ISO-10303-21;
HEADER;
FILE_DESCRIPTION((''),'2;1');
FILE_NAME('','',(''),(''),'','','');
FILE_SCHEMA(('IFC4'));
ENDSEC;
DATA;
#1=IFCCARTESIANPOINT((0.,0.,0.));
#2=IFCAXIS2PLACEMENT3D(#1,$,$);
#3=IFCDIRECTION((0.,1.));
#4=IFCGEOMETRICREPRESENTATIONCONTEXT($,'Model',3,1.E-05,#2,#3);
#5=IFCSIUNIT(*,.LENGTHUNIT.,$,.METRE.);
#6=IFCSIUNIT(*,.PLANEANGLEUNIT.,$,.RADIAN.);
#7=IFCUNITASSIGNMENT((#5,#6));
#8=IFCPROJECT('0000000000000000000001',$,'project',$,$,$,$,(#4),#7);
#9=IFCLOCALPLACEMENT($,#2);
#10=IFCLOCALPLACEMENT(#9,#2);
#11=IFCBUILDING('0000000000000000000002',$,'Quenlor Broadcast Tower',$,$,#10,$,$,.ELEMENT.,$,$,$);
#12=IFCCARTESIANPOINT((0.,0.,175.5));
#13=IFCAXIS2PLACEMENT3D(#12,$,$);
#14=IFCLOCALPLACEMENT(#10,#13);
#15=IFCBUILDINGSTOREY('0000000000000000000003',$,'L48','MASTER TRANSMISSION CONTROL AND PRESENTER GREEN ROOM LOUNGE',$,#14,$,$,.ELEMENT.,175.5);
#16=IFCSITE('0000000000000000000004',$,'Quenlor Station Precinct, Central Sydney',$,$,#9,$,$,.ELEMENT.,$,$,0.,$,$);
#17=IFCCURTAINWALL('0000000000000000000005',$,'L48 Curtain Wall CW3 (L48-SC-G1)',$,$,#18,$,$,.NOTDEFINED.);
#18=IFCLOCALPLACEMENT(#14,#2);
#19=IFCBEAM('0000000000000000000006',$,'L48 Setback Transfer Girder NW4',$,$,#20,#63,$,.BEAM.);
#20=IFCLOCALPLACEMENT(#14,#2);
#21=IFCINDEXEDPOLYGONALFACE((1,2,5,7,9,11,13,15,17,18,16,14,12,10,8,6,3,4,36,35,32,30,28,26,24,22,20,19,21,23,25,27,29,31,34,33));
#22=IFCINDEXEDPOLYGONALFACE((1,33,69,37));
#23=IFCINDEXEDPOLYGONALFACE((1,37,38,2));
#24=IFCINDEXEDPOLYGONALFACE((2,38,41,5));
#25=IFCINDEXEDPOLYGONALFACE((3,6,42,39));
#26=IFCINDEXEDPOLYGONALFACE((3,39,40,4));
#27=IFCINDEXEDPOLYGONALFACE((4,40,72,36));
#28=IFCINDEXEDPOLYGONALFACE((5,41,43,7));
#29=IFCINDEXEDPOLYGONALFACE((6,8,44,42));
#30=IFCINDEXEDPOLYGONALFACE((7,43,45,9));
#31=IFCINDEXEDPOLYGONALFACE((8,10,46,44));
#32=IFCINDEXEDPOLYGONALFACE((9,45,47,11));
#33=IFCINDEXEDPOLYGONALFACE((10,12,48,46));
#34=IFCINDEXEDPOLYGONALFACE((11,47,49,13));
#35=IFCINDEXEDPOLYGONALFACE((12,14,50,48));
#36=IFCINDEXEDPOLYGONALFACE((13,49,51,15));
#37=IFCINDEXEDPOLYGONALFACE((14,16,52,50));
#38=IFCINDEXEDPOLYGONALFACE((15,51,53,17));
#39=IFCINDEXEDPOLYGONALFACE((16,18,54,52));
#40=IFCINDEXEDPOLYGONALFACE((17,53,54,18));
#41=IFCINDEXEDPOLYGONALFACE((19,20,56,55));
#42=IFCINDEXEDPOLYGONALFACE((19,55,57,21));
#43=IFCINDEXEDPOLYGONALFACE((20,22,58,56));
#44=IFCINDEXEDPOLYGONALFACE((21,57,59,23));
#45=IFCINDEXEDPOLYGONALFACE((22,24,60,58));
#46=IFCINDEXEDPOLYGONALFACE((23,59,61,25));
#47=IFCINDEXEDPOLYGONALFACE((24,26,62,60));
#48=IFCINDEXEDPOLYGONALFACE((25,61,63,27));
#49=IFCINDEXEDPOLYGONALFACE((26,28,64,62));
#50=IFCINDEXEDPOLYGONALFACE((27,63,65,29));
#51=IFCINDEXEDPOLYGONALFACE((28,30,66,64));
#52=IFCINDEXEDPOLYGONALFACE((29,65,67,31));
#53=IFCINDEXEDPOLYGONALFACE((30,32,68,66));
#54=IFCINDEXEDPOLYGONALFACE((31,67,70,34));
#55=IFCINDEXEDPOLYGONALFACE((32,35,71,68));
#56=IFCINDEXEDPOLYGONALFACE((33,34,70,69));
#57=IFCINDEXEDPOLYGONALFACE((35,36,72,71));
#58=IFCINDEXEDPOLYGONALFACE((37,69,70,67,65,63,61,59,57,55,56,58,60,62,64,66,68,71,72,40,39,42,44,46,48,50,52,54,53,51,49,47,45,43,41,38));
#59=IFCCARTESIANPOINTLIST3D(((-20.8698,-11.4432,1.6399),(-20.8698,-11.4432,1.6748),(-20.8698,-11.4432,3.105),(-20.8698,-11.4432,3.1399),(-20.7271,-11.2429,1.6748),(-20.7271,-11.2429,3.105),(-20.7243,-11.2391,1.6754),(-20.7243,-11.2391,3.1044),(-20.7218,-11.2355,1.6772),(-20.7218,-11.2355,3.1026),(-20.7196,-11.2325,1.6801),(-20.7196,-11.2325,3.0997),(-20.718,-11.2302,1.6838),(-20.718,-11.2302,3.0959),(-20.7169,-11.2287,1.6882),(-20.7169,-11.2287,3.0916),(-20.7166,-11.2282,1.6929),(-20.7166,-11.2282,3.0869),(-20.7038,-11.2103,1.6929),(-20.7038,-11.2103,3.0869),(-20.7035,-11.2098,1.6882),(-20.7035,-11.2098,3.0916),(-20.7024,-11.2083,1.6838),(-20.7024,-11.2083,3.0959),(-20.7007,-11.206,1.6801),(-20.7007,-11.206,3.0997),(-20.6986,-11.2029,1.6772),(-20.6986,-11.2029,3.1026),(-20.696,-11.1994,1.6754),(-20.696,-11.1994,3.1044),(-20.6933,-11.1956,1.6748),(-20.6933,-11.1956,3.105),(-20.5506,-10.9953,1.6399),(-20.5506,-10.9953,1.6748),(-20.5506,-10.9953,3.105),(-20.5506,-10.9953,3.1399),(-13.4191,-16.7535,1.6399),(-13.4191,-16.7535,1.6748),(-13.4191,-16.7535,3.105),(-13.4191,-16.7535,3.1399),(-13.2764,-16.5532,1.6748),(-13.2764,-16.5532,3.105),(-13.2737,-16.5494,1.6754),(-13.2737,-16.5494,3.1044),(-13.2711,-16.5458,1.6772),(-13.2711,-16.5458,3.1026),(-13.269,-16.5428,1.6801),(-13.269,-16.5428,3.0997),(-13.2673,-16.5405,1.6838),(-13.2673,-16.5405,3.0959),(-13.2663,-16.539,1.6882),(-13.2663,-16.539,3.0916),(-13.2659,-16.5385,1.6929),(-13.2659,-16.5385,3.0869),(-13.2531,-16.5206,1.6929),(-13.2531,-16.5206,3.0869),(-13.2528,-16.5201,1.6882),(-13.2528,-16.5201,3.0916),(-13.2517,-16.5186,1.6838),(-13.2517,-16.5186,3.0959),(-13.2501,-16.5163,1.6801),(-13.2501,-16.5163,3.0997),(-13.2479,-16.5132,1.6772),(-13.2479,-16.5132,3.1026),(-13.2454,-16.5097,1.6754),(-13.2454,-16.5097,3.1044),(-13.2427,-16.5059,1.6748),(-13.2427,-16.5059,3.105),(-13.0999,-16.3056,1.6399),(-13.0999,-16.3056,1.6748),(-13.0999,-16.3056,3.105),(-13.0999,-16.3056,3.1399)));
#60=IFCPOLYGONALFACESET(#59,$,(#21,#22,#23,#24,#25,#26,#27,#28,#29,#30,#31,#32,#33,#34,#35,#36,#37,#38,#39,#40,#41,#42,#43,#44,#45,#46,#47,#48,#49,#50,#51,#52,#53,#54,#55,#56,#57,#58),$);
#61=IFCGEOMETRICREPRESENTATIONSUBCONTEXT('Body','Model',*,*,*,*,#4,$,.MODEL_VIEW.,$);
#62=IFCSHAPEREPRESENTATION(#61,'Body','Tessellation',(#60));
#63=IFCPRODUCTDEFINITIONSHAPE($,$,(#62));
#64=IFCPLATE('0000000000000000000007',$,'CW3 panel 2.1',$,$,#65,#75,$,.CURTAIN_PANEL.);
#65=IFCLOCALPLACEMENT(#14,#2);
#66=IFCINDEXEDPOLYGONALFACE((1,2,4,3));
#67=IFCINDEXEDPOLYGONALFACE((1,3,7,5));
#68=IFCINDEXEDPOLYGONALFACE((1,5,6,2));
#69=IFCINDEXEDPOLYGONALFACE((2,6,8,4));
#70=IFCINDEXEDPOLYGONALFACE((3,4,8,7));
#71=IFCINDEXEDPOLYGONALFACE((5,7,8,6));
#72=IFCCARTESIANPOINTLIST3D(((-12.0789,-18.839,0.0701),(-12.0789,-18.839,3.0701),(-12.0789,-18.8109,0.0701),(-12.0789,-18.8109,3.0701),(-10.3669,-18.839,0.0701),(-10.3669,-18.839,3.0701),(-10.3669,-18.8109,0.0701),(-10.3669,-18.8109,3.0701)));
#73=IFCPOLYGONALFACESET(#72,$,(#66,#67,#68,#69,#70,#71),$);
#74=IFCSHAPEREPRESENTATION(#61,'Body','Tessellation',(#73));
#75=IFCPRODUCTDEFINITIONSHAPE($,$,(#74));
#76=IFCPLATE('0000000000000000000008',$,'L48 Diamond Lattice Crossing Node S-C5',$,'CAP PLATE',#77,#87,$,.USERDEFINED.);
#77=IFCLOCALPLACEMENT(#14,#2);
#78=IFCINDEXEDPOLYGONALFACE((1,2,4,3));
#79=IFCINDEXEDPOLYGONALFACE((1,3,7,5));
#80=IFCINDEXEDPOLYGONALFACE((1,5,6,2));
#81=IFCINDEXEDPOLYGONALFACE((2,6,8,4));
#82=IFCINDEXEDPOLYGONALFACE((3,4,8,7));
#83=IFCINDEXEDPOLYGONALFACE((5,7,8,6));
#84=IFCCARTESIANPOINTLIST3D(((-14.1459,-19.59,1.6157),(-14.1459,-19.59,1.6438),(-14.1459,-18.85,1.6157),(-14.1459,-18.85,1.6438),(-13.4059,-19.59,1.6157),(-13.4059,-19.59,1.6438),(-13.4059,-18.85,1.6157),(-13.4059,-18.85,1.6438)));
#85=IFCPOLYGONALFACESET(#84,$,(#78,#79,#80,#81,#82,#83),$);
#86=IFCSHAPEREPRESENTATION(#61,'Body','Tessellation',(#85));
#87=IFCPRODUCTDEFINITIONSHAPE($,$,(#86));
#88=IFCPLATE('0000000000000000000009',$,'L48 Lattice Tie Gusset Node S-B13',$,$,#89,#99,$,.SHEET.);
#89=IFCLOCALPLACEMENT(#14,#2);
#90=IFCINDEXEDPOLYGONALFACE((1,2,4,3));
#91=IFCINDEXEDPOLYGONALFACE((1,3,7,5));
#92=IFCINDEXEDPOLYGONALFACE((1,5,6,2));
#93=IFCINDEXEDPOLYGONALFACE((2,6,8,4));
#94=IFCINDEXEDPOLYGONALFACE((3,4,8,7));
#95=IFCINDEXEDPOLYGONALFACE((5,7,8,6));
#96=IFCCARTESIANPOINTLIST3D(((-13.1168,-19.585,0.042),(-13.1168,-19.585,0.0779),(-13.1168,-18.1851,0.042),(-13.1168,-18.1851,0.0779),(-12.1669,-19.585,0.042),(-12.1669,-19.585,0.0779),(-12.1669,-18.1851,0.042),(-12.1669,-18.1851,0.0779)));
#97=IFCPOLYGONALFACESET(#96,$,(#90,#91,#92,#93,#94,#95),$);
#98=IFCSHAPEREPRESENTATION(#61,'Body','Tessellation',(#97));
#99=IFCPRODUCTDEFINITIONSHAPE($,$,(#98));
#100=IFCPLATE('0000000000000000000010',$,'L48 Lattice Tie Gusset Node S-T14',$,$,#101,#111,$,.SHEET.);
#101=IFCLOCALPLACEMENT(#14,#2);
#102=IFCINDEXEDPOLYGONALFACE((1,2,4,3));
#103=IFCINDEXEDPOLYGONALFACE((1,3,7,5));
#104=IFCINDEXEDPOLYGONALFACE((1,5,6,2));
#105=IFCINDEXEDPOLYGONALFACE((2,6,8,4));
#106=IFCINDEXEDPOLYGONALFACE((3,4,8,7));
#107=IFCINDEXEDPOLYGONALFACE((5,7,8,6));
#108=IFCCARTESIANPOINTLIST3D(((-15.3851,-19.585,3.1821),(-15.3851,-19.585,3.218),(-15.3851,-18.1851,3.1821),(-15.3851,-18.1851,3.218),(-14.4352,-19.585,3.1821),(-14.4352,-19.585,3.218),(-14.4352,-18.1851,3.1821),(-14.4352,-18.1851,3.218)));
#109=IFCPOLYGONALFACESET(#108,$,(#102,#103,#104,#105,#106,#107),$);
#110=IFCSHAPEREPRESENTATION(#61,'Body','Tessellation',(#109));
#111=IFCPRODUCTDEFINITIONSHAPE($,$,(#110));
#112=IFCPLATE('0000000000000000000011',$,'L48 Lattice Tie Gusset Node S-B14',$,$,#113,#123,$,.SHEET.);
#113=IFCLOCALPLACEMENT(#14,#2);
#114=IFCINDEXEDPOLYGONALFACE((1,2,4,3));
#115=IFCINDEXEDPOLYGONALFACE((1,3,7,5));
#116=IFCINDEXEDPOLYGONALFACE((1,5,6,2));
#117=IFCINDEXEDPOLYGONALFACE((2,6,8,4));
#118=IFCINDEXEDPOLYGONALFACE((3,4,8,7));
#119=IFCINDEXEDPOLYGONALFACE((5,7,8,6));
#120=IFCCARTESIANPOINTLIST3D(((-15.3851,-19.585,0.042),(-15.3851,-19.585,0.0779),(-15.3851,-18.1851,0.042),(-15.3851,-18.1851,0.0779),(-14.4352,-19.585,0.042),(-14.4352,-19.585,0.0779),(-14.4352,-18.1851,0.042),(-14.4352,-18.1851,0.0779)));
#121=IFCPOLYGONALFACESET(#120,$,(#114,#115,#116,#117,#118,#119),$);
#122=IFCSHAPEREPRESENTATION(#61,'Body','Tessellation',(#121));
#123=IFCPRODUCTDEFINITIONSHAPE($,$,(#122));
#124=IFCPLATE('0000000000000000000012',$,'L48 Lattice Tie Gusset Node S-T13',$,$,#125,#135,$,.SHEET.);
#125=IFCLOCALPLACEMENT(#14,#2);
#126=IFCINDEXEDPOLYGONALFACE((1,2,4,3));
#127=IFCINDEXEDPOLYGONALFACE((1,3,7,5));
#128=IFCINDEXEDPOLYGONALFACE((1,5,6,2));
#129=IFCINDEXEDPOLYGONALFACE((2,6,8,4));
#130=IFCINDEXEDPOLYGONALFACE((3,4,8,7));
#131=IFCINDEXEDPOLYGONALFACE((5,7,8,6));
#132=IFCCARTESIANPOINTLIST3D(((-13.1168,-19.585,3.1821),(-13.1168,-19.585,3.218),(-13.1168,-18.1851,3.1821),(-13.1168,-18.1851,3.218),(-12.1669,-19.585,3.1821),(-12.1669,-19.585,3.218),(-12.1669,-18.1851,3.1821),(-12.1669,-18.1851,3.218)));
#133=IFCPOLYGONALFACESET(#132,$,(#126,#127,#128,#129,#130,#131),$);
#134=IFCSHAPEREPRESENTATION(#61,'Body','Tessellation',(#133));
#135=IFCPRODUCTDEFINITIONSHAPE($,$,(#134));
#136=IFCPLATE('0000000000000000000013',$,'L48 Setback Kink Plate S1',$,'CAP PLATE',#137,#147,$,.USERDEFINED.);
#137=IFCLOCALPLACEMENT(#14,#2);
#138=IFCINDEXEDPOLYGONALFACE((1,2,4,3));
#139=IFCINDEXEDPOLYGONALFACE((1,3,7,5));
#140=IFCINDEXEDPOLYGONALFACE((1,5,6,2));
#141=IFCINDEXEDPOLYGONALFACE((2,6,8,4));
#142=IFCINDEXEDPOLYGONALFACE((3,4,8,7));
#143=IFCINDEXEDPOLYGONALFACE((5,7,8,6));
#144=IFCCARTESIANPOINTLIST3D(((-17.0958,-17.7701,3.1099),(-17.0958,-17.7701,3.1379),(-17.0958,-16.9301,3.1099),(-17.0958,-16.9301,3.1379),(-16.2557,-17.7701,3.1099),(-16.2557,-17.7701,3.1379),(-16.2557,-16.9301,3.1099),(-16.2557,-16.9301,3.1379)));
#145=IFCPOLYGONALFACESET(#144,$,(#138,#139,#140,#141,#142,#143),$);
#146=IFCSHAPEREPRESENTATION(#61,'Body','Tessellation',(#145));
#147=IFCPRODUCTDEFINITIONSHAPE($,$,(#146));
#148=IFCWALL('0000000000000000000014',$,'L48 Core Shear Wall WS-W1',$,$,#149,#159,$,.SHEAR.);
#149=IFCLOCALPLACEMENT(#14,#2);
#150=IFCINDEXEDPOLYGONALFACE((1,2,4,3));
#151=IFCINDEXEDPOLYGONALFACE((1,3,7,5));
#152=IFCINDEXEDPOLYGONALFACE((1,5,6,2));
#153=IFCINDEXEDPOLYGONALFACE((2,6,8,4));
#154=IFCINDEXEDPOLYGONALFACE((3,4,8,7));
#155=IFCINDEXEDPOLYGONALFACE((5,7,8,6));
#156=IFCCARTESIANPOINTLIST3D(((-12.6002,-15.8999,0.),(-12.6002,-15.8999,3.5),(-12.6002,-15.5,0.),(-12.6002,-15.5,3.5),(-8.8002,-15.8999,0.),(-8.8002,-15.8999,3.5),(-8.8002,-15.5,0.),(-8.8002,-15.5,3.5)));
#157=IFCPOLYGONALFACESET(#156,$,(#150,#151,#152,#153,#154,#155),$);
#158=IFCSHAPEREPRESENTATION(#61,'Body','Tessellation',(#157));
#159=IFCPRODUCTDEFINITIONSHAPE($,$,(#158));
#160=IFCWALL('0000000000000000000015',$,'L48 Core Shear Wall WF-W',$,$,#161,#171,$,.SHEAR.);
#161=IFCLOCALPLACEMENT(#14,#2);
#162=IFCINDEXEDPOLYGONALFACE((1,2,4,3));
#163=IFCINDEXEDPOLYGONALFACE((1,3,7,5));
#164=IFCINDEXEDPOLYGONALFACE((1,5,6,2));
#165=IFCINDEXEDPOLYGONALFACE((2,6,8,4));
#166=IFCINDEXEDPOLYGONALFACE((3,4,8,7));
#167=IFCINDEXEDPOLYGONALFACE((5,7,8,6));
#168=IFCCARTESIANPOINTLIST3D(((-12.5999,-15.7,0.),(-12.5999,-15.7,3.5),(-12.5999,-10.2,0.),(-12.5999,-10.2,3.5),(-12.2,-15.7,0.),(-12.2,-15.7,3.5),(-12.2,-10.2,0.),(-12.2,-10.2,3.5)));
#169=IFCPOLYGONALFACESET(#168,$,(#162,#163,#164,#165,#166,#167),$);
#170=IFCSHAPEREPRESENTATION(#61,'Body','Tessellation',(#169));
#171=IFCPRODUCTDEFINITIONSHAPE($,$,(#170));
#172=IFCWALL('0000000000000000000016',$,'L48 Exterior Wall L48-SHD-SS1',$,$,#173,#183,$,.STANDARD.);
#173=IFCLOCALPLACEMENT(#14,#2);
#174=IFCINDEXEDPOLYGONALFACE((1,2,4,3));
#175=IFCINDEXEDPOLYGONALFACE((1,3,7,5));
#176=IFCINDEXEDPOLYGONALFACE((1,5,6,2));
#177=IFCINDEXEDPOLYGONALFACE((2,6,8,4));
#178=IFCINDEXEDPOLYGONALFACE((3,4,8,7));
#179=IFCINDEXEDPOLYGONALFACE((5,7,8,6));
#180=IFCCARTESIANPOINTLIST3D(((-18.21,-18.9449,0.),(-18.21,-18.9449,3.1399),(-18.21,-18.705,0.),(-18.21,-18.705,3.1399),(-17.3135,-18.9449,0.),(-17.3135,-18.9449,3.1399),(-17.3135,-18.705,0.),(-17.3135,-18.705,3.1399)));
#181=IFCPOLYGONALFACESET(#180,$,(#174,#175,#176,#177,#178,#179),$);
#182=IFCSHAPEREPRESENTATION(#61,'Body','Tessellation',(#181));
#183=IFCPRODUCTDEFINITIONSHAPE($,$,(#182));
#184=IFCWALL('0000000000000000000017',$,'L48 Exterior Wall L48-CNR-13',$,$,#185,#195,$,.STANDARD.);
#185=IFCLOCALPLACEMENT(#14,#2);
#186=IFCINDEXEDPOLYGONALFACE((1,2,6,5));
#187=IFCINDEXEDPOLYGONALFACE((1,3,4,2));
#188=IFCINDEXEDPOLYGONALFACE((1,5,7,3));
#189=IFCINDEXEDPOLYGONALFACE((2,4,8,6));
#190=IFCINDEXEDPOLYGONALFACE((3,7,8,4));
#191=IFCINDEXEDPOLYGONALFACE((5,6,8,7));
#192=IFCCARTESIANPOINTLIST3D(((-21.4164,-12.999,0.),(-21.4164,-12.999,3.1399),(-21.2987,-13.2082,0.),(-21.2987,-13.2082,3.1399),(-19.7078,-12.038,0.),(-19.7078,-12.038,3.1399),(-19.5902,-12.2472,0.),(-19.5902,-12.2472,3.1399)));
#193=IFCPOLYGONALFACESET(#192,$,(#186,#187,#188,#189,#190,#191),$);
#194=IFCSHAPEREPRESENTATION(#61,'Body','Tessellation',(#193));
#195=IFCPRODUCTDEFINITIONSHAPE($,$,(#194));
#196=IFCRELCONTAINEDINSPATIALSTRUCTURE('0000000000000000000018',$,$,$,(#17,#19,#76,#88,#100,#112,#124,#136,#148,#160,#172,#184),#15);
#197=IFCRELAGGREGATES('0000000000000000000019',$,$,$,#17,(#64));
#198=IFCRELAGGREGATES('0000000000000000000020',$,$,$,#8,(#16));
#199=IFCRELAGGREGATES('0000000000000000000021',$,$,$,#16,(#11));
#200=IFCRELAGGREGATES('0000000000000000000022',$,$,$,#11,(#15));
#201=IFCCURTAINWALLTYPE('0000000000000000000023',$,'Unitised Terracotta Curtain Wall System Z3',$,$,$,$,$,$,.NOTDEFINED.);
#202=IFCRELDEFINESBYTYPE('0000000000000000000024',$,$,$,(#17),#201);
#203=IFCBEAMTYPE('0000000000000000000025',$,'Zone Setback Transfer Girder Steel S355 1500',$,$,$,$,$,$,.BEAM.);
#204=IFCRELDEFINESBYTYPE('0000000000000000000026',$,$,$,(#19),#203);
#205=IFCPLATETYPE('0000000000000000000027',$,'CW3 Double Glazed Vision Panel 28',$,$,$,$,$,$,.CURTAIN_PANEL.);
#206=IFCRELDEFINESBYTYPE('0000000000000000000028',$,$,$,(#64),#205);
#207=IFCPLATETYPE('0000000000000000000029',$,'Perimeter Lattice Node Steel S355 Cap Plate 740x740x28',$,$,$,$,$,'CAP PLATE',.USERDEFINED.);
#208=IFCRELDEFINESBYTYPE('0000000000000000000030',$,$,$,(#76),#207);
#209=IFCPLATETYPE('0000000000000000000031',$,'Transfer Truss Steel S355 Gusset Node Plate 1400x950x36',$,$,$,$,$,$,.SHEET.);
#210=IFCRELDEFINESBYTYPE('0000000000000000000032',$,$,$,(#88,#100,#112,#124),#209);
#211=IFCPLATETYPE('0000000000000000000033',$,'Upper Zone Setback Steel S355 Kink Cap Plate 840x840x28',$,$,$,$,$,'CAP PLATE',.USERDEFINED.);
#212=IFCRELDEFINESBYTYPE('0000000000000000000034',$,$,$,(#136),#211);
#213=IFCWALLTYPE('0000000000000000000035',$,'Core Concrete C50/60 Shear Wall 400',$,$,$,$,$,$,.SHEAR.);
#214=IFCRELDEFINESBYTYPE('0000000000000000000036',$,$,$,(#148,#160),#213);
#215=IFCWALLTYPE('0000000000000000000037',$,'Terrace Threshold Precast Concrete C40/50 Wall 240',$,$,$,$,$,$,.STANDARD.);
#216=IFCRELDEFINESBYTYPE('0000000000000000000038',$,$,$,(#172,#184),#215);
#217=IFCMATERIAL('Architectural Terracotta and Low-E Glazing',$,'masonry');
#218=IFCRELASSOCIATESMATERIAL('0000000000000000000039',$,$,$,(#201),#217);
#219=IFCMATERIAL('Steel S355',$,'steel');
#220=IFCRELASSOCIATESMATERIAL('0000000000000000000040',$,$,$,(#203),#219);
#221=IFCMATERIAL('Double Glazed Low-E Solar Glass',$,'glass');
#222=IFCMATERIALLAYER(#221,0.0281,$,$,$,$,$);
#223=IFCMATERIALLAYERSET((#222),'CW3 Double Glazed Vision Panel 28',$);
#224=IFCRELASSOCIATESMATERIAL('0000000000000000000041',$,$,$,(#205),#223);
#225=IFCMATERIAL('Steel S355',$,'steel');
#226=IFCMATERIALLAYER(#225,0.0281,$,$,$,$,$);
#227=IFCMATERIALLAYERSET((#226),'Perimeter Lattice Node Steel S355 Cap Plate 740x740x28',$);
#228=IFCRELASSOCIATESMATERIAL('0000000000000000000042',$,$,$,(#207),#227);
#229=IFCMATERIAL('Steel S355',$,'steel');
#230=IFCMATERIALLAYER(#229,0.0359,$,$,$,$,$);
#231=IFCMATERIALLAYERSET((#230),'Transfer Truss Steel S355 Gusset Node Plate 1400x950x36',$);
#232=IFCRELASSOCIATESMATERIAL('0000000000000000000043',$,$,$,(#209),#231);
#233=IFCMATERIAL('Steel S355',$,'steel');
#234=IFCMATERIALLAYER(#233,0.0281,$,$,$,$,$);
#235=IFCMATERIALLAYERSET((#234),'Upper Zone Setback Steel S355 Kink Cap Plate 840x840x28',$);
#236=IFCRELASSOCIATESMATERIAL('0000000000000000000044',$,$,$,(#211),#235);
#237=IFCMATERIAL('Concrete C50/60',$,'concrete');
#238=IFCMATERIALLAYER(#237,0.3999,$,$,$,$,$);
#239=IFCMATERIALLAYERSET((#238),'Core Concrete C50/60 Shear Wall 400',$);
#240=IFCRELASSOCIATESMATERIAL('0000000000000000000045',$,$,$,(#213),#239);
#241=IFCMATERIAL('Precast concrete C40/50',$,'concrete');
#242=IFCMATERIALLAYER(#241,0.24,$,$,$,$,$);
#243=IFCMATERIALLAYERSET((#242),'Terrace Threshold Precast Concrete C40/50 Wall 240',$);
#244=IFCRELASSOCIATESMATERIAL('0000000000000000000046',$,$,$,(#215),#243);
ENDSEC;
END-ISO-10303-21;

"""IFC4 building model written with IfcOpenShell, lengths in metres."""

from ifc_helpers import new_model, si_unit, direction, frame, frame_2d, origin, origin_2d, place, context, subcontext, project, spatial, rectangle, i_section, extrude, material, layer, layer_set, material_profile, profile_set, type_object, element, aggregate, save


model = new_model("IFC4")

# Units and contexts
model_context = context("Model", 3, precision=1e-05, world=origin(), true_north=direction((0.0, 1.0)))
body_context = subcontext(model_context, "Body", "Model", "MODEL_VIEW")
ifc_project = project(units=[si_unit("LENGTHUNIT", "METRE"), si_unit("PLANEANGLEUNIT", "RADIAN")], contexts=[model_context])

# Site, building, storey
site_placement = place(None, origin())
site = spatial("IfcSite", under=ifc_project, at=site_placement, Name="Quenlor Station Precinct, Central Sydney", CompositionType="ELEMENT", RefElevation=0.0)
building_placement = place(site_placement, origin())
building = spatial("IfcBuilding", under=site, at=building_placement, Name="Quenlor Broadcast Tower", CompositionType="ELEMENT")
storey_placement = place(building_placement, frame((0.0, 0.0, 175.5)))
storey = spatial("IfcBuildingStorey", under=building, at=storey_placement, Name="L48", Description="MASTER TRANSMISSION CONTROL AND PRESENTER GREEN ROOM LOUNGE", CompositionType="ELEMENT", Elevation=175.5)

# Curtain wall
ifc_material_1 = material(Name="Architectural Terracotta and Low-E Glazing", Category="masonry")
curtain_wall_type = type_object("IfcCurtainWallType", Name="Unitised Terracotta Curtain Wall System Z3", PredefinedType="NOTDEFINED", material=ifc_material_1)
curtain_wall_placement = place(storey_placement, origin())
curtain_wall = element("IfcCurtainWall", 1, at=curtain_wall_placement, inside=storey, type_object=curtain_wall_type, Name="L48 Curtain Wall CW3 (L48-SC-G1)", PredefinedType="NOTDEFINED")

# Beam
ifc_material_2 = material(Name="Steel S355", Category="steel")
ifc_material_profile_1 = material_profile(ifc_material_2, i_section(OverallWidth=0.55, OverallDepth=1.5, WebThickness=0.022, FlangeThickness=0.0349, FilletRadius=0.0181, at=origin_2d()))
ifc_profile_set_1 = profile_set([ifc_material_profile_1], Name="Steel S355 1500TG510")
beam_type_1 = type_object("IfcBeamType", Name="Zone Setback Transfer Girder Steel S355 1500", PredefinedType="BEAM", material=ifc_profile_set_1)
beam_1_placement = place(storey_placement, frame((-13.2595, -16.5295, 2.3899), z_axis=(-0.814333, 0.580397, 0.0), x_axis=(-0.580397, -0.814333, 0.0)))
element("IfcBeam", 2, at=beam_1_placement, inside=storey, type_object=beam_type_1, Name="L48 Setback Transfer Girder NW4", PredefinedType="BEAM", context=body_context, shape_type="SweptSolid", body=[
    extrude(i_section(OverallWidth=0.55, OverallDepth=1.5, WebThickness=0.022, FlangeThickness=0.0349, FilletRadius=0.0181, at=origin_2d()), origin(), (0.0, 0.0, 1.0), 9.1494),
])

# Plate
ifc_material_3 = material(Name="Double Glazed Low-E Solar Glass", Category="glass")
ifc_layer_1 = layer(ifc_material_3, 0.0281)
ifc_layer_set_1 = layer_set([ifc_layer_1], Name="CW3 Double Glazed Vision Panel 28")
plate_type_1 = type_object("IfcPlateType", Name="CW3 Double Glazed Vision Panel 28", PredefinedType="CURTAIN_PANEL", material=ifc_layer_set_1)
plate_1_placement = place(storey_placement, frame((-11.2229, -18.825, 0.0701), z_axis=(0.0, 0.0, 1.0), x_axis=(-1.0, 0.0, 0.0)))
plate_1 = element("IfcPlate", 3, at=plate_1_placement, type_object=plate_type_1, Name="CW3 panel 2.1", PredefinedType="CURTAIN_PANEL", context=body_context, shape_type="SweptSolid", body=[
    extrude(rectangle(XDim=1.7119, YDim=0.0281, at=origin_2d()), origin(), (0.0, 0.0, 1.0), 3.0),
])
aggregate(curtain_wall, [plate_1])

# Plates
ifc_material_4 = material(Name="Steel S355", Category="steel")
ifc_layer_2 = layer(ifc_material_4, 0.0281)
ifc_layer_set_2 = layer_set([ifc_layer_2], Name="Perimeter Lattice Node Steel S355 Cap Plate 740x740x28")
plate_type_2 = type_object("IfcPlateType", Name="Perimeter Lattice Node Steel S355 Cap Plate 740x740x28", ElementType="CAP PLATE", PredefinedType="USERDEFINED", material=ifc_layer_set_2)
plate_2_placement = place(storey_placement, frame((-13.7759, -19.22, 1.6157), z_axis=(0.0, 0.0, 1.0), x_axis=(-1.0, 0.0, 0.0)))
element("IfcPlate", 4, at=plate_2_placement, inside=storey, type_object=plate_type_2, Name="L48 Diamond Lattice Crossing Node S-C5", ObjectType="CAP PLATE", PredefinedType="USERDEFINED", context=body_context, shape_type="SweptSolid", body=[
    extrude(rectangle(XDim=0.74, YDim=0.74, at=origin_2d()), origin(), (0.0, 0.0, 1.0), 0.0281),
])
ifc_material_5 = material(Name="Steel S355", Category="steel")
ifc_layer_3 = layer(ifc_material_5, 0.0359)
ifc_layer_set_3 = layer_set([ifc_layer_3], Name="Transfer Truss Steel S355 Gusset Node Plate 1400x950x36")
plate_type_3 = type_object("IfcPlateType", Name="Transfer Truss Steel S355 Gusset Node Plate 1400x950x36", PredefinedType="SHEET", material=ifc_layer_set_3)
for number, where, z_axis, x_axis, name in (
    (5, (-12.6418, -18.885, 0.042), (0.0, 0.0, 1.0), (0.0, -1.0, 0.0), "L48 Lattice Tie Gusset Node S-B13"),
    (6, (-14.9102, -18.885, 3.1821), (0.0, 0.0, 1.0), (0.0, -1.0, 0.0), "L48 Lattice Tie Gusset Node S-T14"),
    (7, (-14.9102, -18.885, 0.042), (0.0, 0.0, 1.0), (0.0, -1.0, 0.0), "L48 Lattice Tie Gusset Node S-B14"),
    (8, (-12.6418, -18.885, 3.1821), (0.0, 0.0, 1.0), (0.0, -1.0, 0.0), "L48 Lattice Tie Gusset Node S-T13"),
):
    element("IfcPlate", number, at=place(storey_placement, frame(where, z_axis=z_axis, x_axis=x_axis)), inside=storey, type_object=plate_type_3, Name=name, PredefinedType="SHEET", context=body_context, shape_type="SweptSolid", body=[
        extrude(rectangle(XDim=1.3999, YDim=0.95, at=origin_2d()), origin(), (0.0, 0.0, 1.0), 0.0359),
    ])
ifc_material_6 = material(Name="Steel S355", Category="steel")
ifc_layer_4 = layer(ifc_material_6, 0.0281)
ifc_layer_set_4 = layer_set([ifc_layer_4], Name="Upper Zone Setback Steel S355 Kink Cap Plate 840x840x28")
plate_type_4 = type_object("IfcPlateType", Name="Upper Zone Setback Steel S355 Kink Cap Plate 840x840x28", ElementType="CAP PLATE", PredefinedType="USERDEFINED", material=ifc_layer_set_4)
plate_3_placement = place(storey_placement, frame((-16.6758, -17.3501, 3.1099), z_axis=(0.0, 0.0, 1.0), x_axis=(0.0, 1.0, 0.0)))
element("IfcPlate", 9, at=plate_3_placement, inside=storey, type_object=plate_type_4, Name="L48 Setback Kink Plate S1", ObjectType="CAP PLATE", PredefinedType="USERDEFINED", context=body_context, shape_type="SweptSolid", body=[
    extrude(rectangle(XDim=0.8401, YDim=0.8401, at=origin_2d()), origin(), (0.0, 0.0, 1.0), 0.0281),
])

# Walls
ifc_material_7 = material(Name="Concrete C50/60", Category="concrete")
ifc_layer_5 = layer(ifc_material_7, 0.3999)
ifc_layer_set_5 = layer_set([ifc_layer_5], Name="Core Concrete C50/60 Shear Wall 400")
wall_type_1 = type_object("IfcWallType", Name="Core Concrete C50/60 Shear Wall 400", PredefinedType="SHEAR", material=ifc_layer_set_5)
wall_1_placement = place(storey_placement, frame((-12.6001, -15.7, 0.0), z_axis=(0.0, 0.0, 1.0), x_axis=(1.0, 0.0, 0.0)))
element("IfcWall", 10, at=wall_1_placement, inside=storey, type_object=wall_type_1, Name="L48 Core Shear Wall WS-W1", PredefinedType="SHEAR", context=body_context, shape_type="SweptSolid", body=[
    extrude(rectangle(XDim=3.8, YDim=0.3999, at=frame_2d((1.8999, 0.0))), origin(), (0.0, 0.0, 1.0), 3.5),
])
wall_2_placement = place(storey_placement, frame((-12.3999, -15.7, 0.0), z_axis=(0.0, 0.0, 1.0), x_axis=(0.0, 1.0, 0.0)))
element("IfcWall", 11, at=wall_2_placement, inside=storey, type_object=wall_type_1, Name="L48 Core Shear Wall WF-W", PredefinedType="SHEAR", context=body_context, shape_type="SweptSolid", body=[
    extrude(rectangle(XDim=5.5, YDim=0.3999, at=frame_2d((2.75, 0.0))), origin(), (0.0, 0.0, 1.0), 3.5),
])
ifc_material_8 = material(Name="Precast concrete C40/50", Category="concrete")
ifc_layer_6 = layer(ifc_material_8, 0.24)
ifc_layer_set_6 = layer_set([ifc_layer_6], Name="Terrace Threshold Precast Concrete C40/50 Wall 240")
wall_type_2 = type_object("IfcWallType", Name="Terrace Threshold Precast Concrete C40/50 Wall 240", PredefinedType="STANDARD", material=ifc_layer_set_6)
wall_3_placement = place(storey_placement, frame((-17.3135, -18.825, 0.0), z_axis=(0.0, 0.0, 1.0), x_axis=(-1.0, 0.0, 0.0)))
element("IfcWall", 12, at=wall_3_placement, inside=storey, type_object=wall_type_2, Name="L48 Exterior Wall L48-SHD-SS1", PredefinedType="STANDARD", context=body_context, shape_type="SweptSolid", body=[
    extrude(rectangle(XDim=0.8965, YDim=0.24, at=frame_2d((0.4482, 0.0))), origin(), (0.0, 0.0, 1.0), 3.1399),
])
wall_4_placement = place(storey_placement, frame((-21.3574, -13.1035, 0.0), z_axis=(0.0, 0.0, 1.0), x_axis=(0.871595, 0.490226, 0.0)))
element("IfcWall", 13, at=wall_4_placement, inside=storey, type_object=wall_type_2, Name="L48 Exterior Wall L48-CNR-13", PredefinedType="STANDARD", context=body_context, shape_type="SweptSolid", body=[
    extrude(rectangle(XDim=1.9602, YDim=0.24, at=frame_2d((0.98, 0.0))), origin(), (0.0, 0.0, 1.0), 3.1399),
])

save(model, "model.ifc")
